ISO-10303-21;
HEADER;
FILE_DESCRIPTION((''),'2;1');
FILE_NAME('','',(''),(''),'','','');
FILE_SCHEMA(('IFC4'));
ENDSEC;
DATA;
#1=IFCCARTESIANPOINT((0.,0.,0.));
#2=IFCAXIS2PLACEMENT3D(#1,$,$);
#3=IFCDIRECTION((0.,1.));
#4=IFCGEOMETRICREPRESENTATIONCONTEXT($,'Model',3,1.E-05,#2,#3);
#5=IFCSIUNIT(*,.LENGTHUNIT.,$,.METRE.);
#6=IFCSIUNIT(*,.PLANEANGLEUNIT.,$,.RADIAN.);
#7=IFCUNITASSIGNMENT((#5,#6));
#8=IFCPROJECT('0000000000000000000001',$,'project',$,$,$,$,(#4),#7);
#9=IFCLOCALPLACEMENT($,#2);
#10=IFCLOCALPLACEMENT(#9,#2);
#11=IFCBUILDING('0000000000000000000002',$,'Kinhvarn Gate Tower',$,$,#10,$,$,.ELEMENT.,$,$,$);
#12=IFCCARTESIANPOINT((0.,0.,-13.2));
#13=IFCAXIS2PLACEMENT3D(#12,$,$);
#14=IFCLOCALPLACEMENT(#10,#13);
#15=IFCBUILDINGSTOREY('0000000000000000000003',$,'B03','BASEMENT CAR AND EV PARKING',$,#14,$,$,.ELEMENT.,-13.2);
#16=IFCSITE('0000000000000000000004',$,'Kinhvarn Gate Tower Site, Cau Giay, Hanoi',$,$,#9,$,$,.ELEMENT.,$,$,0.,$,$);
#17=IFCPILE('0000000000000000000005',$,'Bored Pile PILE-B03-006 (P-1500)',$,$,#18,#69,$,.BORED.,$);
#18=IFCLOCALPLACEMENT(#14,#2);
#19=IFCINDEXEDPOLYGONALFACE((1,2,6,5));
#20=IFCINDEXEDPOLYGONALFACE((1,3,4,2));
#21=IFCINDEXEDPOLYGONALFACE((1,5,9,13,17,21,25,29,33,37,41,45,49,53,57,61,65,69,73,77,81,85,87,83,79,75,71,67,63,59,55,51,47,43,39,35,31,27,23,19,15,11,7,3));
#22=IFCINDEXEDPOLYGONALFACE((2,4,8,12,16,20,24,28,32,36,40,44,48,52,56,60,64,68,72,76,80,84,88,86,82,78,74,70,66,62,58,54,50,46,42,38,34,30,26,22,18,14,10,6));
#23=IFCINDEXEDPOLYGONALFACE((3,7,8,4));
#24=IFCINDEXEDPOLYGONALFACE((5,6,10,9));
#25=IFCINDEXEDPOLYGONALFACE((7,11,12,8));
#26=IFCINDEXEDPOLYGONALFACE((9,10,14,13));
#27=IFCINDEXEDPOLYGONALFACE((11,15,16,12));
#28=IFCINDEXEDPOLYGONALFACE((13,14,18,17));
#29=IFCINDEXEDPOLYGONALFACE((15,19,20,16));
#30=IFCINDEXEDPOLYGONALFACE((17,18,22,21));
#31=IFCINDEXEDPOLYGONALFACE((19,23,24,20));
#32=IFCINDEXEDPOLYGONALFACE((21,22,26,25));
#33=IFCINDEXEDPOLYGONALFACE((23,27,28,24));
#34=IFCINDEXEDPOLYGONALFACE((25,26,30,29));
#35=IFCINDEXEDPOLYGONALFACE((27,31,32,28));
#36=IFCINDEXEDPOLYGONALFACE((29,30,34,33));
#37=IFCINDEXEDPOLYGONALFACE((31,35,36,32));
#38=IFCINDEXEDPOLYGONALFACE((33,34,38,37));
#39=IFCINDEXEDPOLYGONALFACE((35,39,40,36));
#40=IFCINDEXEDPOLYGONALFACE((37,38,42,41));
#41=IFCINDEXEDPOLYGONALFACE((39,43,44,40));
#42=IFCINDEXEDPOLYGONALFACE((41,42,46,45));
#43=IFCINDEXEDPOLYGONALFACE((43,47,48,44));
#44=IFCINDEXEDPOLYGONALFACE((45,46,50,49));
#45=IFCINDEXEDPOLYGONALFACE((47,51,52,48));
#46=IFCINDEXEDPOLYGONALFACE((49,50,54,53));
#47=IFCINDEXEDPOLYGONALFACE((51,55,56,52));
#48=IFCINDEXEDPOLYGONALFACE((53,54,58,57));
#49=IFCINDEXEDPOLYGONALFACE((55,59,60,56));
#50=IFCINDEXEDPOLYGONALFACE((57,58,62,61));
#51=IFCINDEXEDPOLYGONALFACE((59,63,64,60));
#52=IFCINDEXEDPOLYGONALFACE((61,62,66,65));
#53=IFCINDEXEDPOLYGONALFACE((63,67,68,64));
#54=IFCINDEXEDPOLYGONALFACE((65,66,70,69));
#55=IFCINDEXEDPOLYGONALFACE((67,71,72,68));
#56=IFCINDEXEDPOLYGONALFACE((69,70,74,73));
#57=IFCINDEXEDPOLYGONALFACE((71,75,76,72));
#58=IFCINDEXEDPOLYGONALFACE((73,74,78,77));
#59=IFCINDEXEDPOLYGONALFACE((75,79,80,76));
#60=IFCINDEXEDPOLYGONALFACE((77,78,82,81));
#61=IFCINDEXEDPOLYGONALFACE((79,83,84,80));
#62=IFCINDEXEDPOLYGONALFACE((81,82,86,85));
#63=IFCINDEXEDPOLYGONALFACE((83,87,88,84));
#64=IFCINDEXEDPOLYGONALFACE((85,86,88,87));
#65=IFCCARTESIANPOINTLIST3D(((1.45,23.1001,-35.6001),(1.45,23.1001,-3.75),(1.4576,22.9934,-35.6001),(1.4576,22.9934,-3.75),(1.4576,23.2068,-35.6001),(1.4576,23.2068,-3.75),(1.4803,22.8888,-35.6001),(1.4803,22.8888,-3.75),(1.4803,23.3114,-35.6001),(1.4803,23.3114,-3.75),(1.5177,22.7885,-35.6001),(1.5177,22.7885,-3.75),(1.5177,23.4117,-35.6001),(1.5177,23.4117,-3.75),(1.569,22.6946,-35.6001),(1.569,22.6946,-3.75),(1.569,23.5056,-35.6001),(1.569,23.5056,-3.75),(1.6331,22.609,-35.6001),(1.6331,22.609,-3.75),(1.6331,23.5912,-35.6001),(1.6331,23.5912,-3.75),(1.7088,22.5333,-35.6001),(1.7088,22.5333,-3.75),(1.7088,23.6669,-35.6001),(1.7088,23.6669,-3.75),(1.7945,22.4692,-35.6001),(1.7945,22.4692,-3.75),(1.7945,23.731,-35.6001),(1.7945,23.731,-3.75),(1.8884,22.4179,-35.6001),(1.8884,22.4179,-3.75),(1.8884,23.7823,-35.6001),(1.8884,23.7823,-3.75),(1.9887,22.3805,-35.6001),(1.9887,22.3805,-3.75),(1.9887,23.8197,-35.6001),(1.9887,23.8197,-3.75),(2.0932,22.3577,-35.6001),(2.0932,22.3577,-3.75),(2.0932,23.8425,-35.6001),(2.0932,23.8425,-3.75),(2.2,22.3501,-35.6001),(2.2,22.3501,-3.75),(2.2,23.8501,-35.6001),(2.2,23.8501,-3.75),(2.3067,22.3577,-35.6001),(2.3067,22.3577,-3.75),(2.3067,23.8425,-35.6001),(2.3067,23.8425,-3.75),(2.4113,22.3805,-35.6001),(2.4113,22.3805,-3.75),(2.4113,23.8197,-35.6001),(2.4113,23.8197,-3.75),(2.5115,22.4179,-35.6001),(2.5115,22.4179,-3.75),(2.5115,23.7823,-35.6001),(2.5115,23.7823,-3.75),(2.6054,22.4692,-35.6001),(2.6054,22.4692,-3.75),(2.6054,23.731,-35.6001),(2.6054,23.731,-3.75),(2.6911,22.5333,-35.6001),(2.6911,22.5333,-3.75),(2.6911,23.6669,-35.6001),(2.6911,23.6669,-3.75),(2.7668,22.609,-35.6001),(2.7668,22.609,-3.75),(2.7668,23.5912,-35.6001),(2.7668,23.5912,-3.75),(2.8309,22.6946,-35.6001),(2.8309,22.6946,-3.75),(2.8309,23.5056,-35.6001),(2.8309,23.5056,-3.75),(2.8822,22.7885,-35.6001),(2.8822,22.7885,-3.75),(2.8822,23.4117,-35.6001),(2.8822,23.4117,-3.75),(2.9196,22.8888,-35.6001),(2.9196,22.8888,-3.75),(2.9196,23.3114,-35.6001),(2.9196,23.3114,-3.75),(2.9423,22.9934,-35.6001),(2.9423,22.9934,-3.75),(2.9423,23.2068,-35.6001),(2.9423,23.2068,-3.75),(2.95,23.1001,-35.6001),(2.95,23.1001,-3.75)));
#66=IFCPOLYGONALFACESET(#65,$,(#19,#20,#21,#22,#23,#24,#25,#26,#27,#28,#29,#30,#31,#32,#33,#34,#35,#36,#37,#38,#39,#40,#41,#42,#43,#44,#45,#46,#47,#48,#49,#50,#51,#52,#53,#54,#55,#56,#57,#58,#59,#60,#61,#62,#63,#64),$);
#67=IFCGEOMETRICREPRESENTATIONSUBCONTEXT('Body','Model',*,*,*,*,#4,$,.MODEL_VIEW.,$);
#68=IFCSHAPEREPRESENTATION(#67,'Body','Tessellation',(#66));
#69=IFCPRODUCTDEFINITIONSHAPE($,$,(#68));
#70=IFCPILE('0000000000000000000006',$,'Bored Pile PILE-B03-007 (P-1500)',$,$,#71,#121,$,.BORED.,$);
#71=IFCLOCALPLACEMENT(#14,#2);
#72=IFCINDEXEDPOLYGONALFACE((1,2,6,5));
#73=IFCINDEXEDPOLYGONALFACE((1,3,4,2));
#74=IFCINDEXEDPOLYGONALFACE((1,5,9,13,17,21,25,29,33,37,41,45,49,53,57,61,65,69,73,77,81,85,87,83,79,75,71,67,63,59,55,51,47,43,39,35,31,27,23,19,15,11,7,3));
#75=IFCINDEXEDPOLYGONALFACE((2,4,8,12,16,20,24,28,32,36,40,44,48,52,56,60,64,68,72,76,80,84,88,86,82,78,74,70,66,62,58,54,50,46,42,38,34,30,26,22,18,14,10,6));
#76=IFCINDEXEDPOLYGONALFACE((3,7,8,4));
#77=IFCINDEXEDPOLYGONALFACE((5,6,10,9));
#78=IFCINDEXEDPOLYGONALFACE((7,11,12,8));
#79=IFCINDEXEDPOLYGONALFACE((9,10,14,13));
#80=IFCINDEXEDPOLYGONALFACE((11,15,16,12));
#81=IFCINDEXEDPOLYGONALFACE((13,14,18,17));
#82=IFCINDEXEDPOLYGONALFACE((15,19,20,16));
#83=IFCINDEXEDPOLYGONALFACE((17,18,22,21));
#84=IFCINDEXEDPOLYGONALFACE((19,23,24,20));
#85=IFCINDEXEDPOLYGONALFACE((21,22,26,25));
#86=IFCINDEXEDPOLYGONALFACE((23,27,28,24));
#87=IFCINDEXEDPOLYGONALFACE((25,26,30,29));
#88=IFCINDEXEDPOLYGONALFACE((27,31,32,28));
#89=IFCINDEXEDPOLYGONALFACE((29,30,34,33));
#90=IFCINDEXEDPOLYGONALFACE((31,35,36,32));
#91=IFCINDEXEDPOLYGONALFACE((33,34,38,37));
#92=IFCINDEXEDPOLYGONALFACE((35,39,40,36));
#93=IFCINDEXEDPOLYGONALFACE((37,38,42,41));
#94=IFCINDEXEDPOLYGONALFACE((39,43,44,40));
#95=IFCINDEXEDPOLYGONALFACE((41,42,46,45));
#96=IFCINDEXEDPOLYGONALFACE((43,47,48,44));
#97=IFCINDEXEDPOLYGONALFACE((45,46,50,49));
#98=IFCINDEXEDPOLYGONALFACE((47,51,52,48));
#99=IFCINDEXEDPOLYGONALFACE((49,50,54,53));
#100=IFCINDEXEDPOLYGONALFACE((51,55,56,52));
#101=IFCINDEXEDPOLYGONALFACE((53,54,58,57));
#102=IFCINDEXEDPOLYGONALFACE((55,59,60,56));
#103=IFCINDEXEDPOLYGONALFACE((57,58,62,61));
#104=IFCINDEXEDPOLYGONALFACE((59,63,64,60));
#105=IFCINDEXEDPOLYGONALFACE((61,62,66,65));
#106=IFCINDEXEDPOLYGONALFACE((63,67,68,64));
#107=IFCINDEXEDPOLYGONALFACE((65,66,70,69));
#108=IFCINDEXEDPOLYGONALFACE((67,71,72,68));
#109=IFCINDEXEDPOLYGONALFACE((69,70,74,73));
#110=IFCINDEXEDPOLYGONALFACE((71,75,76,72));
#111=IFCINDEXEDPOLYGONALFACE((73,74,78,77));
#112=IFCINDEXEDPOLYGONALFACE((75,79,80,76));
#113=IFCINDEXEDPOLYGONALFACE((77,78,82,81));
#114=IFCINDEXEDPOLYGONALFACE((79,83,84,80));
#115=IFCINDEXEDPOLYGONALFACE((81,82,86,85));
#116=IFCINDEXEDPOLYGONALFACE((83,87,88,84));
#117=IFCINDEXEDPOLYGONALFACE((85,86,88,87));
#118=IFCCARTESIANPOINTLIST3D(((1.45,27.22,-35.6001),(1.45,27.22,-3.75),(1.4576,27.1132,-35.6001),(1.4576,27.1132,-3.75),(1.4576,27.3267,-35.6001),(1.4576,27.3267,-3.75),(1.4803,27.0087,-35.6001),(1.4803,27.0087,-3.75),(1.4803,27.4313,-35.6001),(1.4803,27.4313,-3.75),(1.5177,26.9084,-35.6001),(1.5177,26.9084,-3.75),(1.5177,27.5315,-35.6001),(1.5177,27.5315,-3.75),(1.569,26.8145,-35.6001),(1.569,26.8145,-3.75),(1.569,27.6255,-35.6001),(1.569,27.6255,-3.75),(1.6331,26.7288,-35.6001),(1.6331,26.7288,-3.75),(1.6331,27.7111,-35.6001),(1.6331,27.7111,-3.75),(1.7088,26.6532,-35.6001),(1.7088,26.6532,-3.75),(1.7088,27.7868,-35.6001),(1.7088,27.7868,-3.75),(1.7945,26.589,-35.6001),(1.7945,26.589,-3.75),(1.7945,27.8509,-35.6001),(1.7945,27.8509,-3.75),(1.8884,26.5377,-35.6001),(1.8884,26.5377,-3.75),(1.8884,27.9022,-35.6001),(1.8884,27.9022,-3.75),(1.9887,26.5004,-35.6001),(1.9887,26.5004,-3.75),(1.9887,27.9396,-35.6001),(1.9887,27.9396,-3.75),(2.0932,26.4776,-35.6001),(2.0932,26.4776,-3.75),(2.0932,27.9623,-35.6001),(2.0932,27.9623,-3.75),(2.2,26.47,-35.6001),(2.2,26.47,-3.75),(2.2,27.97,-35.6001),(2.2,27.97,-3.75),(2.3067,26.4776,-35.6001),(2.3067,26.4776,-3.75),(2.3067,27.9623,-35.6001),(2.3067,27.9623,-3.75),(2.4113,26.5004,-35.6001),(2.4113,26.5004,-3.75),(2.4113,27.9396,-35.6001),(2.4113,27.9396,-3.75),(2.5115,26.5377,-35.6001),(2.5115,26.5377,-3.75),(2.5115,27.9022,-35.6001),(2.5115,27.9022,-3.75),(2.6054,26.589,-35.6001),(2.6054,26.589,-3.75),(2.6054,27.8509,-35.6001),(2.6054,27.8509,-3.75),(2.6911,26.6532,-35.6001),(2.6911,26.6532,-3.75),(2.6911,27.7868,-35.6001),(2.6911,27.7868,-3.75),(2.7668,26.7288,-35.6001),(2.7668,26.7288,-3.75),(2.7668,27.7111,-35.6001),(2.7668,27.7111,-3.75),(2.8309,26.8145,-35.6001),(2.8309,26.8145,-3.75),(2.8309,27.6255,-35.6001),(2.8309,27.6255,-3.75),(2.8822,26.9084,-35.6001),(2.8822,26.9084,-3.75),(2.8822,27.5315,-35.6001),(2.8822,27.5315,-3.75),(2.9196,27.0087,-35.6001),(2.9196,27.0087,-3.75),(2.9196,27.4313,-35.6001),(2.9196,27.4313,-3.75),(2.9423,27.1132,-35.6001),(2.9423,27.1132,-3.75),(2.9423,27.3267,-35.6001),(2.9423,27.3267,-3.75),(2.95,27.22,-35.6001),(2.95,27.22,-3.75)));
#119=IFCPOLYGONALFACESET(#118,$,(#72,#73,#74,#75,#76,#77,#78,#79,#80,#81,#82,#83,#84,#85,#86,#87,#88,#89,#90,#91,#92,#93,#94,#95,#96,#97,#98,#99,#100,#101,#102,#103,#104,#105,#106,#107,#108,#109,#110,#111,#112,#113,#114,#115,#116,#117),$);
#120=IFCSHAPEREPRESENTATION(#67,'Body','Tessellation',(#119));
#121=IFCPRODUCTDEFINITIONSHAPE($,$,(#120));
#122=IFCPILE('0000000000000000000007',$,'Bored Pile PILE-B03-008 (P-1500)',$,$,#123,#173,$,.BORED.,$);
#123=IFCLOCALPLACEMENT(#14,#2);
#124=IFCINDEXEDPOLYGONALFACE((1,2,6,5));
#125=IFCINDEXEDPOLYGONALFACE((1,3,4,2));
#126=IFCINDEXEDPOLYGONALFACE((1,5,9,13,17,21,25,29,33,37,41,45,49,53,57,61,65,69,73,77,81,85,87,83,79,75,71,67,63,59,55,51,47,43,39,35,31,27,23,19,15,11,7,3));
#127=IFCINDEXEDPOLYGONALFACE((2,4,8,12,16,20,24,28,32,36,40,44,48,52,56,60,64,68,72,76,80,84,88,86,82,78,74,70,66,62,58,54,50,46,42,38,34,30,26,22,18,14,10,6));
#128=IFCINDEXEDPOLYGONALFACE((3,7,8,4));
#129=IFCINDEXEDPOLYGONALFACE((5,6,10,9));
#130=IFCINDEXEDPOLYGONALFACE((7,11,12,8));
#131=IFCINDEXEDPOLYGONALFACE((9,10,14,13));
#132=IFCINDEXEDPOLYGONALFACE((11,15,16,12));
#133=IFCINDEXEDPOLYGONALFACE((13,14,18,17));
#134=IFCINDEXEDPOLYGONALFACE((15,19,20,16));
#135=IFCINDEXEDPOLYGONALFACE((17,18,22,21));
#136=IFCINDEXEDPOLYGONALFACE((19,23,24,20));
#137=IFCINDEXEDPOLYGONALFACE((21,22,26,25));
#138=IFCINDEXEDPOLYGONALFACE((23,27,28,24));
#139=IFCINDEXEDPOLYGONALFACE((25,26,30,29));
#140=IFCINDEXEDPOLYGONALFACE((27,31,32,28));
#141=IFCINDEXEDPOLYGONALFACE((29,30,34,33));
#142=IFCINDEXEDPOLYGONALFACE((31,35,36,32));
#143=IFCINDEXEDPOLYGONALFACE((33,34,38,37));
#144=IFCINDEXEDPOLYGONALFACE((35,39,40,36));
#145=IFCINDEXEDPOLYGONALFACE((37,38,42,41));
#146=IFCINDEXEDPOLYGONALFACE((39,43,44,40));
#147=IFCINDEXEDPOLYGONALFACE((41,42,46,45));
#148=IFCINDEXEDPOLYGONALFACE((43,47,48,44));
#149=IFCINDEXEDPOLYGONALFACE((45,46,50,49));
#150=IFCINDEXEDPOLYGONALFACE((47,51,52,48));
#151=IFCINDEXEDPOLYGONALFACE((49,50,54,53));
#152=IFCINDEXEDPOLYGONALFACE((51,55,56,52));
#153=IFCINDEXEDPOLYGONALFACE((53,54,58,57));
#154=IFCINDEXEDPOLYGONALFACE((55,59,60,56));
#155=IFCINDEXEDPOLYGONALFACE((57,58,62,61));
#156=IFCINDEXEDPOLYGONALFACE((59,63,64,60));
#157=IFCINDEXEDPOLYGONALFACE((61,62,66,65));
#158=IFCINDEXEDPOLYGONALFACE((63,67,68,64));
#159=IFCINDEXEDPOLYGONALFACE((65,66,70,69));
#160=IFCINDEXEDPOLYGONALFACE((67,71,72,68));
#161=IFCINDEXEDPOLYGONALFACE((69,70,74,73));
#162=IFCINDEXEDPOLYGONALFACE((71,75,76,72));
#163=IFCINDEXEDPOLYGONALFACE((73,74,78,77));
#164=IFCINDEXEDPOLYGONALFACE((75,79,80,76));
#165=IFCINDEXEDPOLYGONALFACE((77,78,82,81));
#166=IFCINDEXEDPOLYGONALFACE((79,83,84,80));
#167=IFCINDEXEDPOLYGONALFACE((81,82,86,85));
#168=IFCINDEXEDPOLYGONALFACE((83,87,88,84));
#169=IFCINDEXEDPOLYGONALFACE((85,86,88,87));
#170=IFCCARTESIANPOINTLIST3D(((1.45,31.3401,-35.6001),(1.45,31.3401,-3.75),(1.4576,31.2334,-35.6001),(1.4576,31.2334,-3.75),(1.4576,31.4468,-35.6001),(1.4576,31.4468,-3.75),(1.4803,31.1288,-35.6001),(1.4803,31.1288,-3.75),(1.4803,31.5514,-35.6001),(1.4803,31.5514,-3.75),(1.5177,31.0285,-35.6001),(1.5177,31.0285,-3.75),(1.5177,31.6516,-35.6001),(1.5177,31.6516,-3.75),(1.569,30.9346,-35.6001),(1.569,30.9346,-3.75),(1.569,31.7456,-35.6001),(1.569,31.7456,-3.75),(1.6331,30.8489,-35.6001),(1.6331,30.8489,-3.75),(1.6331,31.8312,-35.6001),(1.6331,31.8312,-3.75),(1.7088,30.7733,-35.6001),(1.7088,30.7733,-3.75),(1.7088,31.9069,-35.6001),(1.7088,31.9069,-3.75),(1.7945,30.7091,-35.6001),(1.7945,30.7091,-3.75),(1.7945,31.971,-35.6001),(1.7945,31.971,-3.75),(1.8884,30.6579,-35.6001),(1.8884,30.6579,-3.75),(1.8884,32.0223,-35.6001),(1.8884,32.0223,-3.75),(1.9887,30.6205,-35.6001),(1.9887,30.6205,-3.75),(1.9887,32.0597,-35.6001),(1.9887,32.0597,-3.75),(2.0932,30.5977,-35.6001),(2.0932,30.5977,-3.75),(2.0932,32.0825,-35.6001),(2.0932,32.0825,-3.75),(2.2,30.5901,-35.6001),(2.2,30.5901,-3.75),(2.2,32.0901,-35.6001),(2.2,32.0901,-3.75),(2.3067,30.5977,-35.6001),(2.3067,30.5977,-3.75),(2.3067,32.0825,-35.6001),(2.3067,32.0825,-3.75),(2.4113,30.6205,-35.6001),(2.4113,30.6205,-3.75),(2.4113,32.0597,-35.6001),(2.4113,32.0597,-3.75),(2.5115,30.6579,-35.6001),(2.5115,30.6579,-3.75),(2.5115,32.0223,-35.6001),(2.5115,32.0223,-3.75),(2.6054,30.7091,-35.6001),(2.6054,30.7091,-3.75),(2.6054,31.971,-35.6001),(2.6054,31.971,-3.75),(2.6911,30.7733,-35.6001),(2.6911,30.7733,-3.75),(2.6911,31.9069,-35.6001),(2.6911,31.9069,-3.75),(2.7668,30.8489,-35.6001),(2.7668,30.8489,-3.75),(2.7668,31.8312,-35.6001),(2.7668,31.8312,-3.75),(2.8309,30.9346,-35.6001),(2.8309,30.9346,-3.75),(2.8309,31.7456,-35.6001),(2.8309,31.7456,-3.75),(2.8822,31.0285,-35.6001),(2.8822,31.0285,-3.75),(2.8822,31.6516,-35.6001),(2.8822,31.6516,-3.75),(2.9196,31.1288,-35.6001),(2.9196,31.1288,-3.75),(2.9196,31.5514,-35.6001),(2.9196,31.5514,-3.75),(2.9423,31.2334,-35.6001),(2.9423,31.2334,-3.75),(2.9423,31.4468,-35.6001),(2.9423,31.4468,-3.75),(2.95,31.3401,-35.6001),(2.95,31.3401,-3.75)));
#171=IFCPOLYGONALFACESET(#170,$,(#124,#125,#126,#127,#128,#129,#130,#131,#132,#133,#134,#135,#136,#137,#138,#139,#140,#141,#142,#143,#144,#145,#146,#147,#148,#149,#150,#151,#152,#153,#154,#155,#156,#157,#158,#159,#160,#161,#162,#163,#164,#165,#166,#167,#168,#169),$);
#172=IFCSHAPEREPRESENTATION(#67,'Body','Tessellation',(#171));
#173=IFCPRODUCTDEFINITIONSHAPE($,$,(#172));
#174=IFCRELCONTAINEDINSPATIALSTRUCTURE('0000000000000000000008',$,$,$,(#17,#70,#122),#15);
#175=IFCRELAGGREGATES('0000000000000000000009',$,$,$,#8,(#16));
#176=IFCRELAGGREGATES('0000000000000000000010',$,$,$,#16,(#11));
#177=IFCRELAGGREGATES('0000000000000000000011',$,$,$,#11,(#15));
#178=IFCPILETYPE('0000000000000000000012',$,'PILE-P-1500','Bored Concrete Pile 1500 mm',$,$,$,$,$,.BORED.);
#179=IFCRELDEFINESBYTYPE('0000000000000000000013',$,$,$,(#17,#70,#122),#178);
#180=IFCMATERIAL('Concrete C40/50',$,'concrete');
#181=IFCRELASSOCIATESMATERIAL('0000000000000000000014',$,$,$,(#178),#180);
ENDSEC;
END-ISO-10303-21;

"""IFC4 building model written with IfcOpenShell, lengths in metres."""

from ifc_helpers import new_model, si_unit, direction, frame, origin, origin_2d, place, context, subcontext, project, spatial, circle, extrude, material, material_profile, profile_set, type_object, element, save


model = new_model("IFC4")

# Units and contexts
model_context = context("Model", 3, precision=1e-05, world=origin(), true_north=direction((0.0, 1.0)))
body_context = subcontext(model_context, "Body", "Model", "MODEL_VIEW")
ifc_project = project(units=[si_unit("LENGTHUNIT", "METRE"), si_unit("PLANEANGLEUNIT", "RADIAN")], contexts=[model_context])

# Site, building, storey
site_placement = place(None, origin())
site = spatial("IfcSite", under=ifc_project, at=site_placement, Name="Kinhvarn Gate Tower Site, Cau Giay, Hanoi", CompositionType="ELEMENT", RefElevation=0.0)
building_placement = place(site_placement, origin())
building = spatial("IfcBuilding", under=site, at=building_placement, Name="Kinhvarn Gate Tower", CompositionType="ELEMENT")
storey_placement = place(building_placement, frame((0.0, 0.0, -13.2)))
storey = spatial("IfcBuildingStorey", under=building, at=storey_placement, Name="B03", Description="BASEMENT CAR AND EV PARKING", CompositionType="ELEMENT", Elevation=-13.2)

# Piles
ifc_material = material(Name="Concrete C40/50", Category="concrete")
ifc_material_profile_1 = material_profile(ifc_material, circle(Radius=0.75, at=origin_2d()), Name="PILE D1500")
ifc_profile_set_1 = profile_set([ifc_material_profile_1], Name="Concrete C40/50")
pile_type_1 = type_object("IfcPileType", Name="PILE-P-1500", Description="Bored Concrete Pile 1500 mm", PredefinedType="BORED", material=ifc_profile_set_1)
for number, where, z_axis, x_axis, name in (
    (1, (2.2, 23.1001, -35.6001), (0.0, 0.0, 1.0), (1.0, 0.0, 0.0), "Bored Pile PILE-B03-006 (P-1500)"),
    (2, (2.2, 27.22, -35.6001), (0.0, 0.0, 1.0), (1.0, 0.0, 0.0), "Bored Pile PILE-B03-007 (P-1500)"),
    (3, (2.2, 31.3401, -35.6001), (0.0, 0.0, 1.0), (1.0, 0.0, 0.0), "Bored Pile PILE-B03-008 (P-1500)"),
):
    element("IfcPile", number, at=place(storey_placement, frame(where, z_axis=z_axis, x_axis=x_axis)), inside=storey, type_object=pile_type_1, Name=name, PredefinedType="BORED", context=body_context, shape_type="SweptSolid", body=[
        extrude(circle(Radius=0.75, at=origin_2d()), origin(), (0.0, 0.0, 1.0), 31.8501),
    ])

save(model, "model.ifc")
